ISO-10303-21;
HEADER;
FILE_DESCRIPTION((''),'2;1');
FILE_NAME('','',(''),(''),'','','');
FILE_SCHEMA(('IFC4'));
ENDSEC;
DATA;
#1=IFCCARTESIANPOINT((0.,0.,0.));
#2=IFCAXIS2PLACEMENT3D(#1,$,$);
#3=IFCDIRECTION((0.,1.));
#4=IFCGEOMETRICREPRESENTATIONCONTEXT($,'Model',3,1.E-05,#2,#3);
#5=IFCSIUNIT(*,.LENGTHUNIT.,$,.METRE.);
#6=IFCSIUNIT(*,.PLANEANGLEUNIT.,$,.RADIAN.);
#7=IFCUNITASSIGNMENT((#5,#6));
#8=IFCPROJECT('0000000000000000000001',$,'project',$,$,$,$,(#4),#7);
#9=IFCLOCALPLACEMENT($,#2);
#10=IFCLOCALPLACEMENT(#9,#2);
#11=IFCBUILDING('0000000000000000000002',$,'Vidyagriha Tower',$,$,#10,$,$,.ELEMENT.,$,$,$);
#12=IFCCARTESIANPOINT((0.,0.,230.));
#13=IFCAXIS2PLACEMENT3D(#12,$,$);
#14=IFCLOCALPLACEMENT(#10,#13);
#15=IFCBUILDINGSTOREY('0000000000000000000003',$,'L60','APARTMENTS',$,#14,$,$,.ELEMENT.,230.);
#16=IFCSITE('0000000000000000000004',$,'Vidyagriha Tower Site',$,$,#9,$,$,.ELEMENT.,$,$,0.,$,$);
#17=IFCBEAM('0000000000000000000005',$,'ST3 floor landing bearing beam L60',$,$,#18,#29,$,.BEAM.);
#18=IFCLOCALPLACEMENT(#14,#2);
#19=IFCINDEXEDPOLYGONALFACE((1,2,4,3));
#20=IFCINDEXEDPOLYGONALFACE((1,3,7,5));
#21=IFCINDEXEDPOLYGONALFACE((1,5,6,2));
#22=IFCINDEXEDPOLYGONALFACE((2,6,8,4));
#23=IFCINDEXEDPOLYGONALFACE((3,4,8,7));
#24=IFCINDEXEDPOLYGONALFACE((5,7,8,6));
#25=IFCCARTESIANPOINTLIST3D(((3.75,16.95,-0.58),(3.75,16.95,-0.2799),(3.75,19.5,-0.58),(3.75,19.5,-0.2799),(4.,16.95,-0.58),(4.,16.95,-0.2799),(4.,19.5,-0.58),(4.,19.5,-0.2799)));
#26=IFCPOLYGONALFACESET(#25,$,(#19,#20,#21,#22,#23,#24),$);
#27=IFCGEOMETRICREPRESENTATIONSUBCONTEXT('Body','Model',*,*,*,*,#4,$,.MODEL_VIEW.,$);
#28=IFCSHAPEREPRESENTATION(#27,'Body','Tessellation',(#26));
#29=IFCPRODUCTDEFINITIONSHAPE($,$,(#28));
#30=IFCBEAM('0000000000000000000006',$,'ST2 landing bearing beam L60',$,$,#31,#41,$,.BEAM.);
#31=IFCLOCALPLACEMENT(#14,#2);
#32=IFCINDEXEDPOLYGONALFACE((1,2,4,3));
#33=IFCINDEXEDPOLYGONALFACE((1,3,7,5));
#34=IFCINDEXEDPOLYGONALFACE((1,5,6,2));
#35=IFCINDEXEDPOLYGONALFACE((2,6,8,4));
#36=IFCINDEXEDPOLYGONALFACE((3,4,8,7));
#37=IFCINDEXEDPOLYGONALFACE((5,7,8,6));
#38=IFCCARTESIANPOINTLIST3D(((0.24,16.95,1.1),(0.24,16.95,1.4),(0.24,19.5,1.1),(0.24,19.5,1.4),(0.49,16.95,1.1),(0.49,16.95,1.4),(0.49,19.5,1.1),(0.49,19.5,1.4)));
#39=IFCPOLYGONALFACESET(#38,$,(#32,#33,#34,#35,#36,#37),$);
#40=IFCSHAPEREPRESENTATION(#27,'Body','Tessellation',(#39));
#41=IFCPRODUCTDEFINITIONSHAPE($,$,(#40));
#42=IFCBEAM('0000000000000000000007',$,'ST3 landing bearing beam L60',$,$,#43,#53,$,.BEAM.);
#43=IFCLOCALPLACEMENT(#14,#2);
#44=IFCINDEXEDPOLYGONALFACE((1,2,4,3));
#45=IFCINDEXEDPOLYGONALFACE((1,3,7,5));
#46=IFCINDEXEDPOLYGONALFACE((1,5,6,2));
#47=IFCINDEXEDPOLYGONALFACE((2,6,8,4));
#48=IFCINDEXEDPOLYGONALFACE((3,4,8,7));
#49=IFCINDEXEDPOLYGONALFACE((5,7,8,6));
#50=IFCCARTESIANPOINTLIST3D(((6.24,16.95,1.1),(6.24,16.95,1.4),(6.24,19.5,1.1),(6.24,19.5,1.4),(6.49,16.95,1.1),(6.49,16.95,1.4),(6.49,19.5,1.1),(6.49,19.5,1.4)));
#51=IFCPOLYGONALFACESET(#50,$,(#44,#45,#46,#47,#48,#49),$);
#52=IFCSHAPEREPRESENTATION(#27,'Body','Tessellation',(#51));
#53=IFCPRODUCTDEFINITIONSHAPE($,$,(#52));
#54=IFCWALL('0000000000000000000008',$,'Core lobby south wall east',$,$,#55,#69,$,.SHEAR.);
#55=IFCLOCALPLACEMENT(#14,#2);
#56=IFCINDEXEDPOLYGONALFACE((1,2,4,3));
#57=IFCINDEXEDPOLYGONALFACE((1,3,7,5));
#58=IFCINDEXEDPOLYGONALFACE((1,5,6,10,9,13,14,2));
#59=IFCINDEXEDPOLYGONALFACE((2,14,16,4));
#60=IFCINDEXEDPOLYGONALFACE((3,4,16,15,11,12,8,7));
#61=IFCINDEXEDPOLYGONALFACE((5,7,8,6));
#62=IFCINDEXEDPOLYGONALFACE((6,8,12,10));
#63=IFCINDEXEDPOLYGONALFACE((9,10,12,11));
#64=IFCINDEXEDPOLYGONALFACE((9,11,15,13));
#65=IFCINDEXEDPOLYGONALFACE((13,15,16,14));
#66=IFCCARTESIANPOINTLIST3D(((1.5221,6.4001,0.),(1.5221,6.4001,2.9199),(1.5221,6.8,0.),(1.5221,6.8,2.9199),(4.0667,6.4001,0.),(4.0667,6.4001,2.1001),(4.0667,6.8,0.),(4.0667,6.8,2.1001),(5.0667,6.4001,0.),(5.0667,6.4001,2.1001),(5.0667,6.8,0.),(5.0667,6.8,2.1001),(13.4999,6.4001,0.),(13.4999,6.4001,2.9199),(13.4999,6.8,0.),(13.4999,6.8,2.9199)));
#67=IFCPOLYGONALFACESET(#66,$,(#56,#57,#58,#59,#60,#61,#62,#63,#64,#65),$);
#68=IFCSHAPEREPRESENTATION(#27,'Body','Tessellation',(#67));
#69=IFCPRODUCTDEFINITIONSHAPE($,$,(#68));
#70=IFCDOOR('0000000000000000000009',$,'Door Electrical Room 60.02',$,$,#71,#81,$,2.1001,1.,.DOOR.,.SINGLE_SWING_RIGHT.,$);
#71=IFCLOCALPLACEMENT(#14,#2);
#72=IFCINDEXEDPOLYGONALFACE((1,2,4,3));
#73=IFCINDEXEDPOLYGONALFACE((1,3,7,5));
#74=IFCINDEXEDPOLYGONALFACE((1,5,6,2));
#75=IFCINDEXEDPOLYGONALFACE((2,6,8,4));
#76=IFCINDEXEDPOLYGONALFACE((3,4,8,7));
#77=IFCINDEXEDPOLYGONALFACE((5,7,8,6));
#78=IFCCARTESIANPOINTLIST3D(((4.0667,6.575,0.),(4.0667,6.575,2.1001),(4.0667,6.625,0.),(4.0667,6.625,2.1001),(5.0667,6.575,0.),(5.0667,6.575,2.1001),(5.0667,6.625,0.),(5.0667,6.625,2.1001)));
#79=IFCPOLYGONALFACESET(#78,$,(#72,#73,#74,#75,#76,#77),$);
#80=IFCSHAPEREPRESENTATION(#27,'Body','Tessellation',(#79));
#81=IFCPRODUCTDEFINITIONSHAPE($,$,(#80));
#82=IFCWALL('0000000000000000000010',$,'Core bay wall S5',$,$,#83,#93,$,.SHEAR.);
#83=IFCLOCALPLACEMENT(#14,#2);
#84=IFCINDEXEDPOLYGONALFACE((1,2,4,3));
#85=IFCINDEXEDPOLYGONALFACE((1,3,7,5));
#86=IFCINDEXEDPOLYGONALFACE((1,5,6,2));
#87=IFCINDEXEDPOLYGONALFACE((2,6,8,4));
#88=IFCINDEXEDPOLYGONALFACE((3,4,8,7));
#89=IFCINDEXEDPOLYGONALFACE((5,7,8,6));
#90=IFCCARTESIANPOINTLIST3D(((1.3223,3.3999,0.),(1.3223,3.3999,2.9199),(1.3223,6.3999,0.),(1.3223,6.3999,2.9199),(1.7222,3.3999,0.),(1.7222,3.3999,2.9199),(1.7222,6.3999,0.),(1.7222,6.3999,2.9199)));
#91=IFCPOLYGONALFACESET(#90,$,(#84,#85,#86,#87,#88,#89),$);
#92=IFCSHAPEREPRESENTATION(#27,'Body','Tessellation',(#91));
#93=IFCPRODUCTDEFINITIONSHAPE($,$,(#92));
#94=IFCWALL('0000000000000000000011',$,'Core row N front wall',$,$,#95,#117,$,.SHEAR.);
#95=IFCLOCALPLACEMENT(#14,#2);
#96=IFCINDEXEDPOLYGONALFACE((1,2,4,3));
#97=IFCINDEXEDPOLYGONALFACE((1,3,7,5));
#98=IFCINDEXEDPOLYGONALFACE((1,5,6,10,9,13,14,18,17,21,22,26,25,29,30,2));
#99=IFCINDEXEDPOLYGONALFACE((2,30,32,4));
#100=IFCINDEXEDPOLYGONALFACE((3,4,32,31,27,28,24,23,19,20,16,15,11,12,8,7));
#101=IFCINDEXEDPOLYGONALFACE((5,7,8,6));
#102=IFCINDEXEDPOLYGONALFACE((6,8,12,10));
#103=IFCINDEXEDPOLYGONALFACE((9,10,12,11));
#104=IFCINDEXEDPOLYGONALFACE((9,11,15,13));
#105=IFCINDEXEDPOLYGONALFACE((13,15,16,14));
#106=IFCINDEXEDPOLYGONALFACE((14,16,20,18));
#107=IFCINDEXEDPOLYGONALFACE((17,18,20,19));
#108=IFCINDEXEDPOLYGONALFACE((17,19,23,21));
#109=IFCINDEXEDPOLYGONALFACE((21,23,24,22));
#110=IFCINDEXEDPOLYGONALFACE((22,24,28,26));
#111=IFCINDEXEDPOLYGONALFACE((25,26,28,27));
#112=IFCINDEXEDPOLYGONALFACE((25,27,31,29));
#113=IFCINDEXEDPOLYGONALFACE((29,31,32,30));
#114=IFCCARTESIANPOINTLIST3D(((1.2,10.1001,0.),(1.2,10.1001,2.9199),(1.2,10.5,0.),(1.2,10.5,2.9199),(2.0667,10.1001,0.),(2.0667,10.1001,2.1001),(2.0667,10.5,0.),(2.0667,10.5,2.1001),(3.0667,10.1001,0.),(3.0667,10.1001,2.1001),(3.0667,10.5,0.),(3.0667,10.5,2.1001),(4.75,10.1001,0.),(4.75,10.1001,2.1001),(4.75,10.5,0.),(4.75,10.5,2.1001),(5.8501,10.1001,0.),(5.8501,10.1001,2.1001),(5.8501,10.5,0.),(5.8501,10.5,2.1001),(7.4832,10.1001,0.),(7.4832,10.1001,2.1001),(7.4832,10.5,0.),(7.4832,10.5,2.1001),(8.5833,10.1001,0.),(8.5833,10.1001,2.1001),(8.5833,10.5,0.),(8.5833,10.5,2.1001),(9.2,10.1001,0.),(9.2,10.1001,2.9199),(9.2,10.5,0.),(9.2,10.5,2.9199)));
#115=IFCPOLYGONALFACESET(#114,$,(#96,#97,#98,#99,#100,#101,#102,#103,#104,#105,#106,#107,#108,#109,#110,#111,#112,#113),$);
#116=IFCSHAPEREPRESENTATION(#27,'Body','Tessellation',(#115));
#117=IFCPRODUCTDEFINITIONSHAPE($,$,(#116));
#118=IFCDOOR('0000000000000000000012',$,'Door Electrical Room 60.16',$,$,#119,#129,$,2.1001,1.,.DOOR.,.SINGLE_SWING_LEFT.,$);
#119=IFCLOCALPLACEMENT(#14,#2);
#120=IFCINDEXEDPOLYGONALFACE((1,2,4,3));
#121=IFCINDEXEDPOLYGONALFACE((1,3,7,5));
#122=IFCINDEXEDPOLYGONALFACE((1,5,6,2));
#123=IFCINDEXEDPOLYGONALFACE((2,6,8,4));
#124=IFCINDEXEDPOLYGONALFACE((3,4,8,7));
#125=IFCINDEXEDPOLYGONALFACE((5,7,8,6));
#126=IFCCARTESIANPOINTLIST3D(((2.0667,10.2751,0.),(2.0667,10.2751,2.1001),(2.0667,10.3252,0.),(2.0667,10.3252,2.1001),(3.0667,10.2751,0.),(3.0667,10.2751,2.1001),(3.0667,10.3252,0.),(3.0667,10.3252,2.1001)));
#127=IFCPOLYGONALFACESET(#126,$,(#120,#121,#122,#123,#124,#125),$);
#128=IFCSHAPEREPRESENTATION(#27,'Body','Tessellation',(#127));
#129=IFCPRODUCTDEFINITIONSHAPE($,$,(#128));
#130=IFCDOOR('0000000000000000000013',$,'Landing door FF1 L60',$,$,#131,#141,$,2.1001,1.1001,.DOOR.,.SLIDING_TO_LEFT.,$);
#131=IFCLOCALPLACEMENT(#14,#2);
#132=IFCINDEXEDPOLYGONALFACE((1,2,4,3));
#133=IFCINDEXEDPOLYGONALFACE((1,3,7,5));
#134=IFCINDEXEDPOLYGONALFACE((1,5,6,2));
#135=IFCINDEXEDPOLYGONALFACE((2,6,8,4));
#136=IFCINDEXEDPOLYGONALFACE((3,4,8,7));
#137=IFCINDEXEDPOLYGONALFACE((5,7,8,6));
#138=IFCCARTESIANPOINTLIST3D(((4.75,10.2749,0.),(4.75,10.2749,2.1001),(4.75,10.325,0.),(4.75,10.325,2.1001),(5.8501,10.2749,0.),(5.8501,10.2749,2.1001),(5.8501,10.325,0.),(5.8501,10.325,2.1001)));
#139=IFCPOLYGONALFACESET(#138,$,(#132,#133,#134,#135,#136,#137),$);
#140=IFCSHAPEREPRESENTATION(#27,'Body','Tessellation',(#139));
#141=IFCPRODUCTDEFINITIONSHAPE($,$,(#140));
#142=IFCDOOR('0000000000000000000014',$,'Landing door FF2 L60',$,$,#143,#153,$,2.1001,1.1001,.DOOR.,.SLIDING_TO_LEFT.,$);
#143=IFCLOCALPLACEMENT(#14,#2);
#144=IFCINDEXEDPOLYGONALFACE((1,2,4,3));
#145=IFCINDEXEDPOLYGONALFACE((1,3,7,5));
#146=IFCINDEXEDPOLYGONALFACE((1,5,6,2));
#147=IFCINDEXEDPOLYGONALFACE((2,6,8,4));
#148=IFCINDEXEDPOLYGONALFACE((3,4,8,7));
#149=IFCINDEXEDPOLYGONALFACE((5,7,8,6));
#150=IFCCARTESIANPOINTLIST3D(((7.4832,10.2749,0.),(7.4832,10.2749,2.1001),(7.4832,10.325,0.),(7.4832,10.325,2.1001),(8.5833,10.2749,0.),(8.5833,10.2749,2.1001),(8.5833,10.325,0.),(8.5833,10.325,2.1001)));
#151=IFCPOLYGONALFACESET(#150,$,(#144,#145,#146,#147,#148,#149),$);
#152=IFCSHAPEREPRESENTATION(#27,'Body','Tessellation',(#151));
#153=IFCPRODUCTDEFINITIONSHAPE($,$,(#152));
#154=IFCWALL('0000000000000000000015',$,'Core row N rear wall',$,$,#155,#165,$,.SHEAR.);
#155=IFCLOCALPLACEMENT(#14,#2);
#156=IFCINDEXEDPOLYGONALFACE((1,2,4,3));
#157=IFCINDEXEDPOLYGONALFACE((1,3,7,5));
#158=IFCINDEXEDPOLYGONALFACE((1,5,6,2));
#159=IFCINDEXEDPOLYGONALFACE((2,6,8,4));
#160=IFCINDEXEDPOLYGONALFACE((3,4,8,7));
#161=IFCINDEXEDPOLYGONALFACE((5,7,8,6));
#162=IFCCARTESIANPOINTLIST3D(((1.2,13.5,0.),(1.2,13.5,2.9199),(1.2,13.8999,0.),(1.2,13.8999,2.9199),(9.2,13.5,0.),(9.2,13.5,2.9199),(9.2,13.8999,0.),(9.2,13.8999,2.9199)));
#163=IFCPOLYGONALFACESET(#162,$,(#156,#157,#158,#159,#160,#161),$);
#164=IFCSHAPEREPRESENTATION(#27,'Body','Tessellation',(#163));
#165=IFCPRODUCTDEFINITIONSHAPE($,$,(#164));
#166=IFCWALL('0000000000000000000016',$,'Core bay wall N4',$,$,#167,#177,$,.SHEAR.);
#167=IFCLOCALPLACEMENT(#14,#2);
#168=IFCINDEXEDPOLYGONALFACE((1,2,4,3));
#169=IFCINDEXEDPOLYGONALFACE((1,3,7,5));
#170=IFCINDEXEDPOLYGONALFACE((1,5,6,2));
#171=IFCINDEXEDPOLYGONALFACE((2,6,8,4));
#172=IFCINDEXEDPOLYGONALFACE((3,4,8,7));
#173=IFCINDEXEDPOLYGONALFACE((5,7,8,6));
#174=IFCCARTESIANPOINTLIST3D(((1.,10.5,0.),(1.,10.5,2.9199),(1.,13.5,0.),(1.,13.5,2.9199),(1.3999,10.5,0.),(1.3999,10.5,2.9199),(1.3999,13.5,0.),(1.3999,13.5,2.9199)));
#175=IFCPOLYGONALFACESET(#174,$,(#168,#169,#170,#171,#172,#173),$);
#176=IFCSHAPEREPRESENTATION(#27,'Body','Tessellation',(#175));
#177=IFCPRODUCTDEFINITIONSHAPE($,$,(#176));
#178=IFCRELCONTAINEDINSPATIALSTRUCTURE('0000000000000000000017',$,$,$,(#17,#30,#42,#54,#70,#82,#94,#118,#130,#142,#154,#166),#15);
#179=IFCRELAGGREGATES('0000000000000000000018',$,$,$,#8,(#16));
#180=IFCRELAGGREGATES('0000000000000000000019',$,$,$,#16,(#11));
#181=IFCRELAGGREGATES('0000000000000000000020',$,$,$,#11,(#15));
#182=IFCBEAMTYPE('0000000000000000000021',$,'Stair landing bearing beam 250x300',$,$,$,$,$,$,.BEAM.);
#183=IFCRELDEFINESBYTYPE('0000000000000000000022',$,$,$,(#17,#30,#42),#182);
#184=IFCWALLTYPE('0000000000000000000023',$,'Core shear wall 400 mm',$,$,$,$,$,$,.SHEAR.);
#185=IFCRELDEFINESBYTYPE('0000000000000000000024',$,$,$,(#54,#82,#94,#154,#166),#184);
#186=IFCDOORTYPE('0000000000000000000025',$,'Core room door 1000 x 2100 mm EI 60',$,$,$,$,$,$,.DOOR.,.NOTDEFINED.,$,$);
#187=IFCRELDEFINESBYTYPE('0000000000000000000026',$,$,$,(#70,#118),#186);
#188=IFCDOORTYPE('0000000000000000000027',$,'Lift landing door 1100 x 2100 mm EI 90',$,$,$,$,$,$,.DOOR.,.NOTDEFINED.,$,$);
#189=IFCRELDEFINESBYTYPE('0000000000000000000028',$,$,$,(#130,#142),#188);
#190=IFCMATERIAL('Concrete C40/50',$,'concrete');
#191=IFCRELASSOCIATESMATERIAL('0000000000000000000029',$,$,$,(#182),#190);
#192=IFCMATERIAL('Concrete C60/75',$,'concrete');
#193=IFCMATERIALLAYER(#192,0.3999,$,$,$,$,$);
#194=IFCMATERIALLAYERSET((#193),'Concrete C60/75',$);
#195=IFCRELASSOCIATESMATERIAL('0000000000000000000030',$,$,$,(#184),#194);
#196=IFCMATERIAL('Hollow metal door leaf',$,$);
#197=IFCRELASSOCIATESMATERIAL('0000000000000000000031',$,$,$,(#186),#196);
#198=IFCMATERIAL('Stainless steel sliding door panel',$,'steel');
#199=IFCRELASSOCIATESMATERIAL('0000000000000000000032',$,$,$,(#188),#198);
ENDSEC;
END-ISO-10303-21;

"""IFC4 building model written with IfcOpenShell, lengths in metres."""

from ifc_helpers import new_model, si_unit, direction, frame, frame_2d, origin, origin_2d, place, context, subcontext, project, spatial, rectangle, extrude, material, layer, layer_set, material_profile, profile_set, type_object, element, fill, save


model = new_model("IFC4")

# Units and contexts
model_context = context("Model", 3, precision=1e-05, world=origin(), true_north=direction((0.0, 1.0)))
body_context = subcontext(model_context, "Body", "Model", "MODEL_VIEW")
ifc_project = project(units=[si_unit("LENGTHUNIT", "METRE"), si_unit("PLANEANGLEUNIT", "RADIAN")], contexts=[model_context])

# Site, building, storey
site_placement = place(None, origin())
site = spatial("IfcSite", under=ifc_project, at=site_placement, Name="Vidyagriha Tower Site", CompositionType="ELEMENT", RefElevation=0.0)
building_placement = place(site_placement, origin())
building = spatial("IfcBuilding", under=site, at=building_placement, Name="Vidyagriha Tower", CompositionType="ELEMENT")
storey_placement = place(building_placement, frame((0.0, 0.0, 230.0)))
storey = spatial("IfcBuildingStorey", under=building, at=storey_placement, Name="L60", Description="APARTMENTS", CompositionType="ELEMENT", Elevation=230.0)

# Beams
ifc_material_1 = material(Name="Concrete C40/50", Category="concrete")
ifc_material_profile = material_profile(ifc_material_1, rectangle(XDim=0.25, YDim=0.3, at=origin_2d()), Name="Stair landing bearing beam 250x300")
ifc_profile_set = profile_set([ifc_material_profile], Name="Concrete C40/50")
beam_type = type_object("IfcBeamType", Name="Stair landing bearing beam 250x300", PredefinedType="BEAM", material=ifc_profile_set)
for number, where, z_axis, x_axis, name in (
    (1, (3.875, 16.95, -0.4299), (0.0, 1.0, 0.0), (-1.0, 0.0, 0.0), "ST3 floor landing bearing beam L60"),
    (2, (0.365, 16.95, 1.25), (0.0, 1.0, 0.0), (-1.0, 0.0, 0.0), "ST2 landing bearing beam L60"),
    (3, (6.365, 16.95, 1.25), (0.0, 1.0, 0.0), (-1.0, 0.0, 0.0), "ST3 landing bearing beam L60"),
):
    element("IfcBeam", number, at=place(storey_placement, frame(where, z_axis=z_axis, x_axis=x_axis)), inside=storey, type_object=beam_type, Name=name, PredefinedType="BEAM", context=body_context, shape_type="SweptSolid", body=[
        extrude(rectangle(XDim=0.25, YDim=0.3, at=origin_2d()), origin(), (0.0, 0.0, 1.0), 2.55),
    ])

# Wall, opening, door
ifc_material_2 = material(Name="Concrete C60/75", Category="concrete")
ifc_layer_1 = layer(ifc_material_2, 0.3999)
ifc_layer_set_1 = layer_set([ifc_layer_1], Name="Concrete C60/75")
wall_type_1 = type_object("IfcWallType", Name="Core shear wall 400 mm", PredefinedType="SHEAR", material=ifc_layer_set_1)
wall_1_placement = place(storey_placement, frame((1.5222, 6.6001, 0.0)))
wall_1 = element("IfcWall", 4, at=wall_1_placement, inside=storey, type_object=wall_type_1, Name="Core lobby south wall east", PredefinedType="SHEAR", context=body_context, shape_type="SweptSolid", body=[
    extrude(rectangle(XDim=11.9778, YDim=0.3999, at=frame_2d((5.9888, 0.0))), origin(), (0.0, 0.0, 1.0), 2.9199),
])
opening_1_placement = place(wall_1_placement, frame((2.5444, 0.0, 0.0)))
opening_1 = element("IfcOpeningElement", 5, at=opening_1_placement, cuts=wall_1, PredefinedType="OPENING", context=body_context, shape_type="SweptSolid", body=[
    extrude(rectangle(XDim=1.0, YDim=2.1001, at=frame_2d((0.5, 1.05))), frame((0.0, 0.21, 0.0), z_axis=(0.0, -1.0, 0.0), x_axis=(1.0, 0.0, 0.0)), (0.0, 0.0, 1.0), 0.4199),
])
ifc_material_3 = material(Name="Hollow metal door leaf")
door_type_1 = type_object("IfcDoorType", Name="Core room door 1000 x 2100 mm EI 60", OperationType="NOTDEFINED", PredefinedType="DOOR", material=ifc_material_3)
door_1_placement = place(opening_1_placement, origin())
door_1 = element("IfcDoor", 6, at=door_1_placement, inside=storey, type_object=door_type_1, Name="Door Electrical Room 60.02", OperationType="SINGLE_SWING_RIGHT", OverallHeight=2.1001, OverallWidth=1.0, PredefinedType="DOOR", context=body_context, shape_type="SweptSolid", body=[
    extrude(rectangle(XDim=1.0, YDim=2.1001, at=frame_2d((0.5, 1.05))), frame((0.0, 0.0249, 0.0), z_axis=(0.0, -1.0, 0.0), x_axis=(1.0, 0.0, 0.0)), (0.0, 0.0, 1.0), 0.05),
])
fill(opening_1, door_1)

# Wall
wall_2_placement = place(storey_placement, frame((1.5222, 3.3999, 0.0), z_axis=(0.0, 0.0, 1.0), x_axis=(0.0, 1.0, 0.0)))
element("IfcWall", 7, at=wall_2_placement, inside=storey, type_object=wall_type_1, Name="Core bay wall S5", PredefinedType="SHEAR", context=body_context, shape_type="SweptSolid", body=[
    extrude(rectangle(XDim=3.0, YDim=0.3999, at=frame_2d((1.5, 0.0))), origin(), (0.0, 0.0, 1.0), 2.9199),
])

# Wall, openings, doors
wall_3_placement = place(storey_placement, frame((1.2, 10.3, 0.0)))
wall_3 = element("IfcWall", 8, at=wall_3_placement, inside=storey, type_object=wall_type_1, Name="Core row N front wall", PredefinedType="SHEAR", context=body_context, shape_type="SweptSolid", body=[
    extrude(rectangle(XDim=8.0, YDim=0.3999, at=frame_2d((4.0, 0.0))), origin(), (0.0, 0.0, 1.0), 2.9199),
])
opening_2_placement = place(wall_3_placement, frame((3.55, 0.0, 0.0)))
opening_2 = element("IfcOpeningElement", 9, at=opening_2_placement, cuts=wall_3, PredefinedType="OPENING", context=body_context, shape_type="SweptSolid", body=[
    extrude(rectangle(XDim=1.1001, YDim=2.1001, at=frame_2d((0.55, 1.05))), frame((0.0, 0.21, 0.0), z_axis=(0.0, -1.0, 0.0), x_axis=(1.0, 0.0, 0.0)), (0.0, 0.0, 1.0), 0.4199),
])
opening_3_placement = place(wall_3_placement, frame((6.2832, 0.0, 0.0)))
opening_3 = element("IfcOpeningElement", 10, at=opening_3_placement, cuts=wall_3, PredefinedType="OPENING", context=body_context, shape_type="SweptSolid", body=[
    extrude(rectangle(XDim=1.1001, YDim=2.1001, at=frame_2d((0.55, 1.05))), frame((0.0, 0.21, 0.0), z_axis=(0.0, -1.0, 0.0), x_axis=(1.0, 0.0, 0.0)), (0.0, 0.0, 1.0), 0.4199),
])
opening_4_placement = place(wall_3_placement, frame((0.8667, 0.0, 0.0)))
opening_4 = element("IfcOpeningElement", 11, at=opening_4_placement, cuts=wall_3, PredefinedType="OPENING", context=body_context, shape_type="SweptSolid", body=[
    extrude(rectangle(XDim=1.0, YDim=2.1001, at=frame_2d((0.5, 1.05))), frame((0.0, 0.21, 0.0), z_axis=(0.0, -1.0, 0.0), x_axis=(1.0, 0.0, 0.0)), (0.0, 0.0, 1.0), 0.4199),
])
door_2_placement = place(opening_4_placement, frame((1.0, 0.0, 0.0), z_axis=(0.0, 0.0, 1.0), x_axis=(-1.0, 0.0, 0.0)))
door_2 = element("IfcDoor", 12, at=door_2_placement, inside=storey, type_object=door_type_1, Name="Door Electrical Room 60.16", OperationType="SINGLE_SWING_LEFT", OverallHeight=2.1001, OverallWidth=1.0, PredefinedType="DOOR", context=body_context, shape_type="SweptSolid", body=[
    extrude(rectangle(XDim=1.0, YDim=2.1001, at=frame_2d((0.5, 1.05))), frame((0.0, 0.0249, 0.0), z_axis=(0.0, -1.0, 0.0), x_axis=(1.0, 0.0, 0.0)), (0.0, 0.0, 1.0), 0.05),
])
fill(opening_4, door_2)
ifc_material_4 = material(Name="Stainless steel sliding door panel", Category="steel")
door_type_2 = type_object("IfcDoorType", Name="Lift landing door 1100 x 2100 mm EI 90", OperationType="NOTDEFINED", PredefinedType="DOOR", material=ifc_material_4)
door_3_placement = place(opening_2_placement, origin())
door_3 = element("IfcDoor", 13, at=door_3_placement, inside=storey, type_object=door_type_2, Name="Landing door FF1 L60", OperationType="SLIDING_TO_LEFT", OverallHeight=2.1001, OverallWidth=1.1001, PredefinedType="DOOR", context=body_context, shape_type="SweptSolid", body=[
    extrude(rectangle(XDim=1.1001, YDim=2.1001, at=frame_2d((0.55, 1.05))), frame((0.0, 0.0249, 0.0), z_axis=(0.0, -1.0, 0.0), x_axis=(1.0, 0.0, 0.0)), (0.0, 0.0, 1.0), 0.05),
])
fill(opening_2, door_3)
door_4_placement = place(opening_3_placement, origin())
door_4 = element("IfcDoor", 14, at=door_4_placement, inside=storey, type_object=door_type_2, Name="Landing door FF2 L60", OperationType="SLIDING_TO_LEFT", OverallHeight=2.1001, OverallWidth=1.1001, PredefinedType="DOOR", context=body_context, shape_type="SweptSolid", body=[
    extrude(rectangle(XDim=1.1001, YDim=2.1001, at=frame_2d((0.55, 1.05))), frame((0.0, 0.0249, 0.0), z_axis=(0.0, -1.0, 0.0), x_axis=(1.0, 0.0, 0.0)), (0.0, 0.0, 1.0), 0.05),
])
fill(opening_3, door_4)

# Walls
wall_4_placement = place(storey_placement, frame((1.2, 13.7, 0.0)))
element("IfcWall", 15, at=wall_4_placement, inside=storey, type_object=wall_type_1, Name="Core row N rear wall", PredefinedType="SHEAR", context=body_context, shape_type="SweptSolid", body=[
    extrude(rectangle(XDim=8.0, YDim=0.3999, at=frame_2d((4.0, 0.0))), origin(), (0.0, 0.0, 1.0), 2.9199),
])
for number, where, z_axis, x_axis, name in (
    (16, (1.2, 10.5, 0.0), (0.0, 0.0, 1.0), (0.0, 1.0, 0.0), "Core bay wall N4"),
):
    element("IfcWall", number, at=place(storey_placement, frame(where, z_axis=z_axis, x_axis=x_axis)), inside=storey, type_object=wall_type_1, Name=name, PredefinedType="SHEAR", context=body_context, shape_type="SweptSolid", body=[
        extrude(rectangle(XDim=3.0, YDim=0.3999, at=frame_2d((1.5, 0.0))), origin(), (0.0, 0.0, 1.0), 2.9199),
    ])

save(model, "model.ifc")
